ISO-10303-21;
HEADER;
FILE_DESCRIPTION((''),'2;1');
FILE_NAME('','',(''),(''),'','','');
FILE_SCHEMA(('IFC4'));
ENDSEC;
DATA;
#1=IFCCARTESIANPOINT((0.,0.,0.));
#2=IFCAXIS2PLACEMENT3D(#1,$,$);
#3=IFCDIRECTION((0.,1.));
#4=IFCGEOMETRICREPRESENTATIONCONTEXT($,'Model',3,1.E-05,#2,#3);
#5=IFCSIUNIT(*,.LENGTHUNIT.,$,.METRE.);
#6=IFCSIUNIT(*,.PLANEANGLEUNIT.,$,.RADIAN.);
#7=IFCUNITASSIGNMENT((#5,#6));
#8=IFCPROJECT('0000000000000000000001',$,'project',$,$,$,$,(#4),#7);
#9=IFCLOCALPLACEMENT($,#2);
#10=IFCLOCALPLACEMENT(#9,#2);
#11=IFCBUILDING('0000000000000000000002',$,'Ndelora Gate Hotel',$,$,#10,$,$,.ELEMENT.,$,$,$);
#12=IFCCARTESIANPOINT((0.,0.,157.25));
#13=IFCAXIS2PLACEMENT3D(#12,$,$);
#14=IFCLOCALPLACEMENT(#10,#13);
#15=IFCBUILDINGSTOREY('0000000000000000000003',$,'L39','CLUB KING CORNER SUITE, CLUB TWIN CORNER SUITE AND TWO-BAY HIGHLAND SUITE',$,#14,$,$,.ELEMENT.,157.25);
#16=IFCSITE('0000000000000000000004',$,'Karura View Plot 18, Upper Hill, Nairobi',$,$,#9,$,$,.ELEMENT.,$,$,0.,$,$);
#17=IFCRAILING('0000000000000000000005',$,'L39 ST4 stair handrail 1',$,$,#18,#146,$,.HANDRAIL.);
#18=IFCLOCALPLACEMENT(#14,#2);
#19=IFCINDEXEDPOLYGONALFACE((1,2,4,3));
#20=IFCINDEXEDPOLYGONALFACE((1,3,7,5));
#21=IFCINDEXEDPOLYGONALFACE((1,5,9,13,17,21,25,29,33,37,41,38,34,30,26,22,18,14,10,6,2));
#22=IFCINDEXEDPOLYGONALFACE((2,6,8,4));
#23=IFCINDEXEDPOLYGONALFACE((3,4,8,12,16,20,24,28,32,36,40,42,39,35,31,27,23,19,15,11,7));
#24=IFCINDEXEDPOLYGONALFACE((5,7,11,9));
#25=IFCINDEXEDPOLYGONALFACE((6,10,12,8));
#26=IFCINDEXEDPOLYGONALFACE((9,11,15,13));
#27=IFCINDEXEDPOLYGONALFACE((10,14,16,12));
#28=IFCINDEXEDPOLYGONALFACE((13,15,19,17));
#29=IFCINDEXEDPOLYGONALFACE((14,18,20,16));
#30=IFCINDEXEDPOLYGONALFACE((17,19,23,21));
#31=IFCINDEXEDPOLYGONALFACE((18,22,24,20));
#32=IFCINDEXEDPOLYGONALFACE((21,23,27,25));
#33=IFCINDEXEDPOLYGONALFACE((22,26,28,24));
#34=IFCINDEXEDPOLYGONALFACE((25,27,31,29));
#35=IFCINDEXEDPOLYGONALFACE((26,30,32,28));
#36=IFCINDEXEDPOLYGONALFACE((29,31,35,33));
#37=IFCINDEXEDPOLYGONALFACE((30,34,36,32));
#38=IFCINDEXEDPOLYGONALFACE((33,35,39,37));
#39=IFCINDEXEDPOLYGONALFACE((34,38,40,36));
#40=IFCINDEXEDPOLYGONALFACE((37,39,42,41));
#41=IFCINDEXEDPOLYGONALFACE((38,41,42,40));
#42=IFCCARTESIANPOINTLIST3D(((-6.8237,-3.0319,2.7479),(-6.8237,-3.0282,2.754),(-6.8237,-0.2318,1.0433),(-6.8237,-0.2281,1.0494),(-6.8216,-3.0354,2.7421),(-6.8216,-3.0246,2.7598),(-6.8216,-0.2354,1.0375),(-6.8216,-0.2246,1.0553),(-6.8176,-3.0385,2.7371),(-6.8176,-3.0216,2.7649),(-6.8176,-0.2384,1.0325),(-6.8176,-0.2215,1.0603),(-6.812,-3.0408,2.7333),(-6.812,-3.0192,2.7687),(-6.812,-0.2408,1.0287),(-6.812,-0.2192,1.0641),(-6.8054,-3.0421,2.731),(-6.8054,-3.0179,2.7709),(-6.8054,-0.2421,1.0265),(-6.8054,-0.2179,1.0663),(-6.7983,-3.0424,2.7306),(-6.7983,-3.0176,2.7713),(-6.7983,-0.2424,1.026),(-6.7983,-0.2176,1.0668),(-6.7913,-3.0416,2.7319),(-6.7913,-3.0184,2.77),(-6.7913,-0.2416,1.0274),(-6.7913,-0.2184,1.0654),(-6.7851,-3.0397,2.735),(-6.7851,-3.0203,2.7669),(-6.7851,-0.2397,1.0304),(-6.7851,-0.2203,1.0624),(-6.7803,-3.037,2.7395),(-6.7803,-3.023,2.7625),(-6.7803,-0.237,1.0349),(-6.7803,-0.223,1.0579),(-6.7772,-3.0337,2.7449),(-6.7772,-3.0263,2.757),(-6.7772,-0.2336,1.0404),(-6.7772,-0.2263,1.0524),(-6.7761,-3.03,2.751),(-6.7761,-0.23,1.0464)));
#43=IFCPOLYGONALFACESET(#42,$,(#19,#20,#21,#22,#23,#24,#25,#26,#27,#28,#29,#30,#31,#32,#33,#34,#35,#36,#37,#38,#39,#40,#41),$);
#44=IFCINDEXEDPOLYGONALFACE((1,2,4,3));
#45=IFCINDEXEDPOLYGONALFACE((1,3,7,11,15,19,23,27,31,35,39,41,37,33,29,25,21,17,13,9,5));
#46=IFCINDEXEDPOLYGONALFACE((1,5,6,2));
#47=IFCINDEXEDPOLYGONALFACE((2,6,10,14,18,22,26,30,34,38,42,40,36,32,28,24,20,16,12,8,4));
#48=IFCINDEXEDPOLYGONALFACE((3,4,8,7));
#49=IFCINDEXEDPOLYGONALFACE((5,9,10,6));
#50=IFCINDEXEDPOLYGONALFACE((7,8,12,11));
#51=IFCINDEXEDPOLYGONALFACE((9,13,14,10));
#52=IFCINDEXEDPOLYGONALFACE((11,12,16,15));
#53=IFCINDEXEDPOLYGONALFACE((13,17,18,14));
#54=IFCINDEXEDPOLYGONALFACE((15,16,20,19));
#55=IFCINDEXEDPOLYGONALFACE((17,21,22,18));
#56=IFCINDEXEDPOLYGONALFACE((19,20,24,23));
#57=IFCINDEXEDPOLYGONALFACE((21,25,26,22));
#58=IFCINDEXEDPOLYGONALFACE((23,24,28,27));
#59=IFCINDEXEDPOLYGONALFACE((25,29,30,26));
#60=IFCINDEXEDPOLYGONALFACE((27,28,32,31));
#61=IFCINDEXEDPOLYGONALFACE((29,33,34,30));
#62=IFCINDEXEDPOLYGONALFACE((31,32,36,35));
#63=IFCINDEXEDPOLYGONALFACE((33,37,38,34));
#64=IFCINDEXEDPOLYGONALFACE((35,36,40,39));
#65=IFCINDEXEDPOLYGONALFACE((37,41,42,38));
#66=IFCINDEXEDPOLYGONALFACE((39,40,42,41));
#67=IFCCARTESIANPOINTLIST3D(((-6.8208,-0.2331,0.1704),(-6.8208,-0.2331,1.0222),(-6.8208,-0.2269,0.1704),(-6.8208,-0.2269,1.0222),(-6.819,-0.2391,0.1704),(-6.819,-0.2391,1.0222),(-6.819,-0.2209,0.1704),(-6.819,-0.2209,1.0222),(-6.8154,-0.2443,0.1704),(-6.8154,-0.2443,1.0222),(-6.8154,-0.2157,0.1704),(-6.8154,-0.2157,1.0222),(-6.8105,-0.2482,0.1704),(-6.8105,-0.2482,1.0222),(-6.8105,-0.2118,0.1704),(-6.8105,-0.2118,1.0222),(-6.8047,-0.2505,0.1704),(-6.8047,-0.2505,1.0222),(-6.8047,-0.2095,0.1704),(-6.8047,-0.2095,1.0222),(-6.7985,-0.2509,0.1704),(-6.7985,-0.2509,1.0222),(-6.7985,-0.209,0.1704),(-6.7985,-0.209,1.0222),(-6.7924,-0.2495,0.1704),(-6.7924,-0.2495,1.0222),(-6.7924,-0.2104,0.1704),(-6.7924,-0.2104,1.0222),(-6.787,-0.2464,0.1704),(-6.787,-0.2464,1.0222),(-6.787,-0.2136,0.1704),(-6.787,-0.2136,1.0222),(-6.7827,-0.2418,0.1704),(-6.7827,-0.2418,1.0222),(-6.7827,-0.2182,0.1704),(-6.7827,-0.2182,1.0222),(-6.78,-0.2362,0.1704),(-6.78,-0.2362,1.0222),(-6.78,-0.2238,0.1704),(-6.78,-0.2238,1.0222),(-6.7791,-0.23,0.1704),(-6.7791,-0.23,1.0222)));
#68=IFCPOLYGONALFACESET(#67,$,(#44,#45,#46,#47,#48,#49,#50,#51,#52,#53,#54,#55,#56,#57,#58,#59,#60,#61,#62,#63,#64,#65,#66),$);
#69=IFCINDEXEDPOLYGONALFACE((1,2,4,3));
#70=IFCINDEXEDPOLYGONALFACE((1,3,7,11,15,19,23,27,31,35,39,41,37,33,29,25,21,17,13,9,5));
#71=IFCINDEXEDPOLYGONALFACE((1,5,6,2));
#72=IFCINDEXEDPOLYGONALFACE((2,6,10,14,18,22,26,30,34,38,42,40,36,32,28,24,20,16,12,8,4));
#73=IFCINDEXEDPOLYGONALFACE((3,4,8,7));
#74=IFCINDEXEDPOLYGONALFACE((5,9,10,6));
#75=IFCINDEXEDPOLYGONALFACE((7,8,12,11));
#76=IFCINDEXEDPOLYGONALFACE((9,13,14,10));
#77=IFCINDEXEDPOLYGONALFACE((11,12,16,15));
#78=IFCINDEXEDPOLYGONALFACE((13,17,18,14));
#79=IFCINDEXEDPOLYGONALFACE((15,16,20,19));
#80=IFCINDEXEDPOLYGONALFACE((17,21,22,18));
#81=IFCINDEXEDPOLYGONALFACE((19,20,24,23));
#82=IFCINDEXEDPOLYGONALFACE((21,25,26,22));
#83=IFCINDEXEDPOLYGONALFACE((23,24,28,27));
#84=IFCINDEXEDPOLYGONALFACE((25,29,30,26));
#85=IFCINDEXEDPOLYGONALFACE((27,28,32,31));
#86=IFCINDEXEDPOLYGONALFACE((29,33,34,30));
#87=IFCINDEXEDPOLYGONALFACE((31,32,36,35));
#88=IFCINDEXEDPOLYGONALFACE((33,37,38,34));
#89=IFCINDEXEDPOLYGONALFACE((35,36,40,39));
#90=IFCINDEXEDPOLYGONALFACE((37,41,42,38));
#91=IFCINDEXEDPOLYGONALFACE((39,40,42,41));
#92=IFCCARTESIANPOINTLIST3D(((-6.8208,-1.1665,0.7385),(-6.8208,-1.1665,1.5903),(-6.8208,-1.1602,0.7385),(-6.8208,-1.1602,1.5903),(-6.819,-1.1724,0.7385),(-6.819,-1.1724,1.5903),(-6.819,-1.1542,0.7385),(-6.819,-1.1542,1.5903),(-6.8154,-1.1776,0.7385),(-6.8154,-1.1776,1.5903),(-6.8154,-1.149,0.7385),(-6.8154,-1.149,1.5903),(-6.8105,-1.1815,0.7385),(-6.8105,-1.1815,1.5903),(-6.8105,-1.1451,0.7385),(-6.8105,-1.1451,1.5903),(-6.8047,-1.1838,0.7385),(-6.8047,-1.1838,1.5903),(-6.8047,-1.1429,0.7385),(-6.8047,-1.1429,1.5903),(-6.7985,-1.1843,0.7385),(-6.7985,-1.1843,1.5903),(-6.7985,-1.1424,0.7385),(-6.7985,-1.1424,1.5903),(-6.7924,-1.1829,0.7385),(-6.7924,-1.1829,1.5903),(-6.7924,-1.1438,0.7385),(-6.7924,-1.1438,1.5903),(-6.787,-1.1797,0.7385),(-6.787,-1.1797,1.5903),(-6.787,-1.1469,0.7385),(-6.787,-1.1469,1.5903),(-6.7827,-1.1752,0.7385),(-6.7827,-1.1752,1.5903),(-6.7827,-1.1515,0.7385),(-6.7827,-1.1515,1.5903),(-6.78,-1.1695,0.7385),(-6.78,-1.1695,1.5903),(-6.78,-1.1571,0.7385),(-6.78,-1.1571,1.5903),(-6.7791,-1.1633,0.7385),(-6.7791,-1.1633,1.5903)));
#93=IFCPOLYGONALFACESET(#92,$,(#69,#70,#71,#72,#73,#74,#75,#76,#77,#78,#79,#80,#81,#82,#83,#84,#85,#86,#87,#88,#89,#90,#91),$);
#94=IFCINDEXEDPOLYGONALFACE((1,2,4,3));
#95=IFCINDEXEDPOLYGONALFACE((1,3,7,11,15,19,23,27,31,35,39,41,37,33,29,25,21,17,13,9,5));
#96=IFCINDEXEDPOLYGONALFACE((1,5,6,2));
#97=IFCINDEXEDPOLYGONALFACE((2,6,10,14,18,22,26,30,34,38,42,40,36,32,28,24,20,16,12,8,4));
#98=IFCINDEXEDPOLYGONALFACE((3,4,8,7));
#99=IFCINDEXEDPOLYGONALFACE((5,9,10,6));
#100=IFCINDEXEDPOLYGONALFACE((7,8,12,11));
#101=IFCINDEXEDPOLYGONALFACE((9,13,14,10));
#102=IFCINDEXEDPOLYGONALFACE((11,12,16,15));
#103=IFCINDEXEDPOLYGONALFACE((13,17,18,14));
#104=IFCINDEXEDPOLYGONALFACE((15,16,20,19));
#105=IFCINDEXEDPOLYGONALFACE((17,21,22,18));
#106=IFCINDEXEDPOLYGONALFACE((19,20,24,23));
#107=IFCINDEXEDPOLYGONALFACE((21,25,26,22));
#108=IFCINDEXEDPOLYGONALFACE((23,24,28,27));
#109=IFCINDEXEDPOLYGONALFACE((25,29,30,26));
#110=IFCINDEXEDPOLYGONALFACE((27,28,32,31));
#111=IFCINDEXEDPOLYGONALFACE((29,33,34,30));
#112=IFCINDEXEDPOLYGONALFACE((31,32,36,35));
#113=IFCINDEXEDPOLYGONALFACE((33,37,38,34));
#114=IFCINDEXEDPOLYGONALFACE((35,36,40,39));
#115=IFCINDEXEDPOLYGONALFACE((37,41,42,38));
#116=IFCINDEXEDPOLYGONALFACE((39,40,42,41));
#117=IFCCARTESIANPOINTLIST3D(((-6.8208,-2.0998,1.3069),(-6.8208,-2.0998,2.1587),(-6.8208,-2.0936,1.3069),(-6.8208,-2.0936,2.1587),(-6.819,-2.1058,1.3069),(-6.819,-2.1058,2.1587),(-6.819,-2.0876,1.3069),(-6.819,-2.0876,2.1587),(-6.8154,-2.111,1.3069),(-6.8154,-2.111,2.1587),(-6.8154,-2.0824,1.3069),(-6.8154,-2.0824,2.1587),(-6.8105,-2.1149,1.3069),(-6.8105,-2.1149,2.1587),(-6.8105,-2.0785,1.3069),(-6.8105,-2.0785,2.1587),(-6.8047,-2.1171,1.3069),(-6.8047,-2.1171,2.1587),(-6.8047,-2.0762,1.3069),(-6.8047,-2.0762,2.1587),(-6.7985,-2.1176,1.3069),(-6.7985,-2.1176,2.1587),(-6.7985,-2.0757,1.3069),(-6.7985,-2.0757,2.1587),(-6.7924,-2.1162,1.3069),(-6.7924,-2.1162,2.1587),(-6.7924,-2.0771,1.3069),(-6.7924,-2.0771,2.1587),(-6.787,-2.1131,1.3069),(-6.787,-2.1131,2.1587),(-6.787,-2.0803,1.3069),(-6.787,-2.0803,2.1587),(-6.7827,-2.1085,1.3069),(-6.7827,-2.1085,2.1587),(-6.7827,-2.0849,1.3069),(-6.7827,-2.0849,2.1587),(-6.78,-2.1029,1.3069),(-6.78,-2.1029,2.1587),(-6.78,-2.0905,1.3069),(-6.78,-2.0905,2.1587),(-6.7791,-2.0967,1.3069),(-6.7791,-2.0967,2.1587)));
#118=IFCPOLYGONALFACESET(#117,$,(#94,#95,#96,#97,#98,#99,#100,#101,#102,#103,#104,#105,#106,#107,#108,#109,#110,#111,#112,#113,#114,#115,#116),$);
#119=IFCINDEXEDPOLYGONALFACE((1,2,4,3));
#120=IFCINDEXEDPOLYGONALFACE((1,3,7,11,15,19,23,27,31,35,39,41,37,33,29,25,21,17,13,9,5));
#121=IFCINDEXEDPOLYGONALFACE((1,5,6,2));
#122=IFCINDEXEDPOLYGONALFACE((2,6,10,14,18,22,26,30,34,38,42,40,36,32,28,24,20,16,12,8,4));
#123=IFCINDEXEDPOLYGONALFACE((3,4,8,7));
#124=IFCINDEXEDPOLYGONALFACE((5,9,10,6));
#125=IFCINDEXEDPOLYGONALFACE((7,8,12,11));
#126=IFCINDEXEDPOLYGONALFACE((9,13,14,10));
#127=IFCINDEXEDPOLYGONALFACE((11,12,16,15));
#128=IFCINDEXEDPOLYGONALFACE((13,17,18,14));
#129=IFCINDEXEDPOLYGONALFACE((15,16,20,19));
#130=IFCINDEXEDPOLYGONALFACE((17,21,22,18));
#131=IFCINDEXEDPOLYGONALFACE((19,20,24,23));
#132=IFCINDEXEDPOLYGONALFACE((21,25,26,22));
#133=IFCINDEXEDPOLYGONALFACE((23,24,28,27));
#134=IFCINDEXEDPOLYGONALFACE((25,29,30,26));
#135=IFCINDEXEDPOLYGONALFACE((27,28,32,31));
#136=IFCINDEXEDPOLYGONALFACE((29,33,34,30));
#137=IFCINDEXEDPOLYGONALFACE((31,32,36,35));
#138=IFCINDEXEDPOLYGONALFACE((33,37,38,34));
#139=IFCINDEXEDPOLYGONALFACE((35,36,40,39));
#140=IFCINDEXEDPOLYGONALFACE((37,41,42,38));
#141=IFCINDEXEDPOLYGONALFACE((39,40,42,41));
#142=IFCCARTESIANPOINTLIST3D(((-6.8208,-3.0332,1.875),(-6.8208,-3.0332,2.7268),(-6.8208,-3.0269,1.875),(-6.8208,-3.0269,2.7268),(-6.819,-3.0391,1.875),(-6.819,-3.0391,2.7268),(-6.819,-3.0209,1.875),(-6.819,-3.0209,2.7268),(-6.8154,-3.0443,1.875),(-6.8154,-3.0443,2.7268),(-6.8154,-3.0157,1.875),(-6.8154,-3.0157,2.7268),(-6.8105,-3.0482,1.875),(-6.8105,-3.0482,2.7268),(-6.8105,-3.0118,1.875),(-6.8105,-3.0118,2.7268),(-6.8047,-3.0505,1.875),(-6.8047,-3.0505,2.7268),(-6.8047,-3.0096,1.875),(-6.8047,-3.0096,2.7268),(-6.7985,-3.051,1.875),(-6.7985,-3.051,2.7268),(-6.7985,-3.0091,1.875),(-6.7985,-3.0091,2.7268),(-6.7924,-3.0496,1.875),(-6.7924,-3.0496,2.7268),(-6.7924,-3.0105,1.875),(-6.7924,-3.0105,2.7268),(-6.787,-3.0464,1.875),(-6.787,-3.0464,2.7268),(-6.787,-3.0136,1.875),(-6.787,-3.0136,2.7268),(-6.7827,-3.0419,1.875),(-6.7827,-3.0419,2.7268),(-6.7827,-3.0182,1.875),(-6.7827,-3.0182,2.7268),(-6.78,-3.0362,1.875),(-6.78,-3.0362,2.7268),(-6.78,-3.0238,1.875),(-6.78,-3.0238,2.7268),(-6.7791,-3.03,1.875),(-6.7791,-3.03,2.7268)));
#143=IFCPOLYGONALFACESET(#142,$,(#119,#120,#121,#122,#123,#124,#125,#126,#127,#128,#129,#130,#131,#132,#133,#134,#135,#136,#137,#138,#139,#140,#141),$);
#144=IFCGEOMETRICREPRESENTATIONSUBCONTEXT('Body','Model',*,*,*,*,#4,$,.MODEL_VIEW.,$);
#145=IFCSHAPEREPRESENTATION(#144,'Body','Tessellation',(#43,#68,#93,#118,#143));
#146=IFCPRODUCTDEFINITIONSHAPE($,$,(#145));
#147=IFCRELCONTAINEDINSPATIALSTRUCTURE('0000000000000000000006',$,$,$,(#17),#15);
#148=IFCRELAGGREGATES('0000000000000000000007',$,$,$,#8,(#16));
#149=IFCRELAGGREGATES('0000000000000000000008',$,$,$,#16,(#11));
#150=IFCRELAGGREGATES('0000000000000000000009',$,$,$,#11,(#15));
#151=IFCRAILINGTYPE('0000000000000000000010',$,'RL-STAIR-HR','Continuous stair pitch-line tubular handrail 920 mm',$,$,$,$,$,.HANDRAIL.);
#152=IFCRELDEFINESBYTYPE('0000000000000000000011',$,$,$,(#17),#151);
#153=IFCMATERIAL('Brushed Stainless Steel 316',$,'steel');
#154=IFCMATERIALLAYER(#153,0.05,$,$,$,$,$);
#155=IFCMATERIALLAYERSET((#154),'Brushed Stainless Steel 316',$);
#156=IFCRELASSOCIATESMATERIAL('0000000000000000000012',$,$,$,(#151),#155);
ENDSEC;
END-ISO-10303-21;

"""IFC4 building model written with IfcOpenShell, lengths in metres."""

from ifc_helpers import new_model, si_unit, direction, frame, origin, origin_2d, place, context, subcontext, project, spatial, circle, extrude, material, layer, layer_set, type_object, element, save


model = new_model("IFC4")

# Units and contexts
model_context = context("Model", 3, precision=1e-05, world=origin(), true_north=direction((0.0, 1.0)))
body_context = subcontext(model_context, "Body", "Model", "MODEL_VIEW")
ifc_project = project(units=[si_unit("LENGTHUNIT", "METRE"), si_unit("PLANEANGLEUNIT", "RADIAN")], contexts=[model_context])

# Site, building, storey
site_placement = place(None, origin())
site = spatial("IfcSite", under=ifc_project, at=site_placement, Name="Karura View Plot 18, Upper Hill, Nairobi", CompositionType="ELEMENT", RefElevation=0.0)
building_placement = place(site_placement, origin())
building = spatial("IfcBuilding", under=site, at=building_placement, Name="Ndelora Gate Hotel", CompositionType="ELEMENT")
storey_placement = place(building_placement, frame((0.0, 0.0, 157.25)))
storey = spatial("IfcBuildingStorey", under=building, at=storey_placement, Name="L39", Description="CLUB KING CORNER SUITE, CLUB TWIN CORNER SUITE AND TWO-BAY HIGHLAND SUITE", CompositionType="ELEMENT", Elevation=157.25)

# Railing
ifc_material_1 = material(Name="Brushed Stainless Steel 316", Category="steel")
ifc_layer_1 = layer(ifc_material_1, 0.05)
ifc_layer_set_1 = layer_set([ifc_layer_1], Name="Brushed Stainless Steel 316")
railing_type_1 = type_object("IfcRailingType", Name="RL-STAIR-HR", Description="Continuous stair pitch-line tubular handrail 920 mm", PredefinedType="HANDRAIL", material=ifc_layer_set_1)
railing_1_placement = place(storey_placement, frame((-6.8, -0.23, 0.1704)))
element("IfcRailing", 1, at=railing_1_placement, inside=storey, type_object=railing_type_1, Name="L39 ST4 stair handrail 1", PredefinedType="HANDRAIL", context=body_context, shape_type="SweptSolid", body=[
    extrude(circle(Radius=0.0239, at=origin_2d()), frame((0.0, 0.0, 0.876), z_axis=(0.0, -0.85417, 0.519994), x_axis=(1.0, 0.0, 0.0)), (0.0, 0.0, 1.0), 3.2781),
    extrude(circle(Radius=0.021, at=origin_2d()), origin(), (0.0, 0.0, 1.0), 0.8518),
    extrude(circle(Radius=0.021, at=origin_2d()), frame((0.0, -0.9333, 0.5681)), (0.0, 0.0, 1.0), 0.8518),
    extrude(circle(Radius=0.021, at=origin_2d()), frame((0.0, -1.8667, 1.1365)), (0.0, 0.0, 1.0), 0.8518),
    extrude(circle(Radius=0.021, at=origin_2d()), frame((0.0, -2.8, 1.7046)), (0.0, 0.0, 1.0), 0.8518),
])

save(model, "model.ifc")
